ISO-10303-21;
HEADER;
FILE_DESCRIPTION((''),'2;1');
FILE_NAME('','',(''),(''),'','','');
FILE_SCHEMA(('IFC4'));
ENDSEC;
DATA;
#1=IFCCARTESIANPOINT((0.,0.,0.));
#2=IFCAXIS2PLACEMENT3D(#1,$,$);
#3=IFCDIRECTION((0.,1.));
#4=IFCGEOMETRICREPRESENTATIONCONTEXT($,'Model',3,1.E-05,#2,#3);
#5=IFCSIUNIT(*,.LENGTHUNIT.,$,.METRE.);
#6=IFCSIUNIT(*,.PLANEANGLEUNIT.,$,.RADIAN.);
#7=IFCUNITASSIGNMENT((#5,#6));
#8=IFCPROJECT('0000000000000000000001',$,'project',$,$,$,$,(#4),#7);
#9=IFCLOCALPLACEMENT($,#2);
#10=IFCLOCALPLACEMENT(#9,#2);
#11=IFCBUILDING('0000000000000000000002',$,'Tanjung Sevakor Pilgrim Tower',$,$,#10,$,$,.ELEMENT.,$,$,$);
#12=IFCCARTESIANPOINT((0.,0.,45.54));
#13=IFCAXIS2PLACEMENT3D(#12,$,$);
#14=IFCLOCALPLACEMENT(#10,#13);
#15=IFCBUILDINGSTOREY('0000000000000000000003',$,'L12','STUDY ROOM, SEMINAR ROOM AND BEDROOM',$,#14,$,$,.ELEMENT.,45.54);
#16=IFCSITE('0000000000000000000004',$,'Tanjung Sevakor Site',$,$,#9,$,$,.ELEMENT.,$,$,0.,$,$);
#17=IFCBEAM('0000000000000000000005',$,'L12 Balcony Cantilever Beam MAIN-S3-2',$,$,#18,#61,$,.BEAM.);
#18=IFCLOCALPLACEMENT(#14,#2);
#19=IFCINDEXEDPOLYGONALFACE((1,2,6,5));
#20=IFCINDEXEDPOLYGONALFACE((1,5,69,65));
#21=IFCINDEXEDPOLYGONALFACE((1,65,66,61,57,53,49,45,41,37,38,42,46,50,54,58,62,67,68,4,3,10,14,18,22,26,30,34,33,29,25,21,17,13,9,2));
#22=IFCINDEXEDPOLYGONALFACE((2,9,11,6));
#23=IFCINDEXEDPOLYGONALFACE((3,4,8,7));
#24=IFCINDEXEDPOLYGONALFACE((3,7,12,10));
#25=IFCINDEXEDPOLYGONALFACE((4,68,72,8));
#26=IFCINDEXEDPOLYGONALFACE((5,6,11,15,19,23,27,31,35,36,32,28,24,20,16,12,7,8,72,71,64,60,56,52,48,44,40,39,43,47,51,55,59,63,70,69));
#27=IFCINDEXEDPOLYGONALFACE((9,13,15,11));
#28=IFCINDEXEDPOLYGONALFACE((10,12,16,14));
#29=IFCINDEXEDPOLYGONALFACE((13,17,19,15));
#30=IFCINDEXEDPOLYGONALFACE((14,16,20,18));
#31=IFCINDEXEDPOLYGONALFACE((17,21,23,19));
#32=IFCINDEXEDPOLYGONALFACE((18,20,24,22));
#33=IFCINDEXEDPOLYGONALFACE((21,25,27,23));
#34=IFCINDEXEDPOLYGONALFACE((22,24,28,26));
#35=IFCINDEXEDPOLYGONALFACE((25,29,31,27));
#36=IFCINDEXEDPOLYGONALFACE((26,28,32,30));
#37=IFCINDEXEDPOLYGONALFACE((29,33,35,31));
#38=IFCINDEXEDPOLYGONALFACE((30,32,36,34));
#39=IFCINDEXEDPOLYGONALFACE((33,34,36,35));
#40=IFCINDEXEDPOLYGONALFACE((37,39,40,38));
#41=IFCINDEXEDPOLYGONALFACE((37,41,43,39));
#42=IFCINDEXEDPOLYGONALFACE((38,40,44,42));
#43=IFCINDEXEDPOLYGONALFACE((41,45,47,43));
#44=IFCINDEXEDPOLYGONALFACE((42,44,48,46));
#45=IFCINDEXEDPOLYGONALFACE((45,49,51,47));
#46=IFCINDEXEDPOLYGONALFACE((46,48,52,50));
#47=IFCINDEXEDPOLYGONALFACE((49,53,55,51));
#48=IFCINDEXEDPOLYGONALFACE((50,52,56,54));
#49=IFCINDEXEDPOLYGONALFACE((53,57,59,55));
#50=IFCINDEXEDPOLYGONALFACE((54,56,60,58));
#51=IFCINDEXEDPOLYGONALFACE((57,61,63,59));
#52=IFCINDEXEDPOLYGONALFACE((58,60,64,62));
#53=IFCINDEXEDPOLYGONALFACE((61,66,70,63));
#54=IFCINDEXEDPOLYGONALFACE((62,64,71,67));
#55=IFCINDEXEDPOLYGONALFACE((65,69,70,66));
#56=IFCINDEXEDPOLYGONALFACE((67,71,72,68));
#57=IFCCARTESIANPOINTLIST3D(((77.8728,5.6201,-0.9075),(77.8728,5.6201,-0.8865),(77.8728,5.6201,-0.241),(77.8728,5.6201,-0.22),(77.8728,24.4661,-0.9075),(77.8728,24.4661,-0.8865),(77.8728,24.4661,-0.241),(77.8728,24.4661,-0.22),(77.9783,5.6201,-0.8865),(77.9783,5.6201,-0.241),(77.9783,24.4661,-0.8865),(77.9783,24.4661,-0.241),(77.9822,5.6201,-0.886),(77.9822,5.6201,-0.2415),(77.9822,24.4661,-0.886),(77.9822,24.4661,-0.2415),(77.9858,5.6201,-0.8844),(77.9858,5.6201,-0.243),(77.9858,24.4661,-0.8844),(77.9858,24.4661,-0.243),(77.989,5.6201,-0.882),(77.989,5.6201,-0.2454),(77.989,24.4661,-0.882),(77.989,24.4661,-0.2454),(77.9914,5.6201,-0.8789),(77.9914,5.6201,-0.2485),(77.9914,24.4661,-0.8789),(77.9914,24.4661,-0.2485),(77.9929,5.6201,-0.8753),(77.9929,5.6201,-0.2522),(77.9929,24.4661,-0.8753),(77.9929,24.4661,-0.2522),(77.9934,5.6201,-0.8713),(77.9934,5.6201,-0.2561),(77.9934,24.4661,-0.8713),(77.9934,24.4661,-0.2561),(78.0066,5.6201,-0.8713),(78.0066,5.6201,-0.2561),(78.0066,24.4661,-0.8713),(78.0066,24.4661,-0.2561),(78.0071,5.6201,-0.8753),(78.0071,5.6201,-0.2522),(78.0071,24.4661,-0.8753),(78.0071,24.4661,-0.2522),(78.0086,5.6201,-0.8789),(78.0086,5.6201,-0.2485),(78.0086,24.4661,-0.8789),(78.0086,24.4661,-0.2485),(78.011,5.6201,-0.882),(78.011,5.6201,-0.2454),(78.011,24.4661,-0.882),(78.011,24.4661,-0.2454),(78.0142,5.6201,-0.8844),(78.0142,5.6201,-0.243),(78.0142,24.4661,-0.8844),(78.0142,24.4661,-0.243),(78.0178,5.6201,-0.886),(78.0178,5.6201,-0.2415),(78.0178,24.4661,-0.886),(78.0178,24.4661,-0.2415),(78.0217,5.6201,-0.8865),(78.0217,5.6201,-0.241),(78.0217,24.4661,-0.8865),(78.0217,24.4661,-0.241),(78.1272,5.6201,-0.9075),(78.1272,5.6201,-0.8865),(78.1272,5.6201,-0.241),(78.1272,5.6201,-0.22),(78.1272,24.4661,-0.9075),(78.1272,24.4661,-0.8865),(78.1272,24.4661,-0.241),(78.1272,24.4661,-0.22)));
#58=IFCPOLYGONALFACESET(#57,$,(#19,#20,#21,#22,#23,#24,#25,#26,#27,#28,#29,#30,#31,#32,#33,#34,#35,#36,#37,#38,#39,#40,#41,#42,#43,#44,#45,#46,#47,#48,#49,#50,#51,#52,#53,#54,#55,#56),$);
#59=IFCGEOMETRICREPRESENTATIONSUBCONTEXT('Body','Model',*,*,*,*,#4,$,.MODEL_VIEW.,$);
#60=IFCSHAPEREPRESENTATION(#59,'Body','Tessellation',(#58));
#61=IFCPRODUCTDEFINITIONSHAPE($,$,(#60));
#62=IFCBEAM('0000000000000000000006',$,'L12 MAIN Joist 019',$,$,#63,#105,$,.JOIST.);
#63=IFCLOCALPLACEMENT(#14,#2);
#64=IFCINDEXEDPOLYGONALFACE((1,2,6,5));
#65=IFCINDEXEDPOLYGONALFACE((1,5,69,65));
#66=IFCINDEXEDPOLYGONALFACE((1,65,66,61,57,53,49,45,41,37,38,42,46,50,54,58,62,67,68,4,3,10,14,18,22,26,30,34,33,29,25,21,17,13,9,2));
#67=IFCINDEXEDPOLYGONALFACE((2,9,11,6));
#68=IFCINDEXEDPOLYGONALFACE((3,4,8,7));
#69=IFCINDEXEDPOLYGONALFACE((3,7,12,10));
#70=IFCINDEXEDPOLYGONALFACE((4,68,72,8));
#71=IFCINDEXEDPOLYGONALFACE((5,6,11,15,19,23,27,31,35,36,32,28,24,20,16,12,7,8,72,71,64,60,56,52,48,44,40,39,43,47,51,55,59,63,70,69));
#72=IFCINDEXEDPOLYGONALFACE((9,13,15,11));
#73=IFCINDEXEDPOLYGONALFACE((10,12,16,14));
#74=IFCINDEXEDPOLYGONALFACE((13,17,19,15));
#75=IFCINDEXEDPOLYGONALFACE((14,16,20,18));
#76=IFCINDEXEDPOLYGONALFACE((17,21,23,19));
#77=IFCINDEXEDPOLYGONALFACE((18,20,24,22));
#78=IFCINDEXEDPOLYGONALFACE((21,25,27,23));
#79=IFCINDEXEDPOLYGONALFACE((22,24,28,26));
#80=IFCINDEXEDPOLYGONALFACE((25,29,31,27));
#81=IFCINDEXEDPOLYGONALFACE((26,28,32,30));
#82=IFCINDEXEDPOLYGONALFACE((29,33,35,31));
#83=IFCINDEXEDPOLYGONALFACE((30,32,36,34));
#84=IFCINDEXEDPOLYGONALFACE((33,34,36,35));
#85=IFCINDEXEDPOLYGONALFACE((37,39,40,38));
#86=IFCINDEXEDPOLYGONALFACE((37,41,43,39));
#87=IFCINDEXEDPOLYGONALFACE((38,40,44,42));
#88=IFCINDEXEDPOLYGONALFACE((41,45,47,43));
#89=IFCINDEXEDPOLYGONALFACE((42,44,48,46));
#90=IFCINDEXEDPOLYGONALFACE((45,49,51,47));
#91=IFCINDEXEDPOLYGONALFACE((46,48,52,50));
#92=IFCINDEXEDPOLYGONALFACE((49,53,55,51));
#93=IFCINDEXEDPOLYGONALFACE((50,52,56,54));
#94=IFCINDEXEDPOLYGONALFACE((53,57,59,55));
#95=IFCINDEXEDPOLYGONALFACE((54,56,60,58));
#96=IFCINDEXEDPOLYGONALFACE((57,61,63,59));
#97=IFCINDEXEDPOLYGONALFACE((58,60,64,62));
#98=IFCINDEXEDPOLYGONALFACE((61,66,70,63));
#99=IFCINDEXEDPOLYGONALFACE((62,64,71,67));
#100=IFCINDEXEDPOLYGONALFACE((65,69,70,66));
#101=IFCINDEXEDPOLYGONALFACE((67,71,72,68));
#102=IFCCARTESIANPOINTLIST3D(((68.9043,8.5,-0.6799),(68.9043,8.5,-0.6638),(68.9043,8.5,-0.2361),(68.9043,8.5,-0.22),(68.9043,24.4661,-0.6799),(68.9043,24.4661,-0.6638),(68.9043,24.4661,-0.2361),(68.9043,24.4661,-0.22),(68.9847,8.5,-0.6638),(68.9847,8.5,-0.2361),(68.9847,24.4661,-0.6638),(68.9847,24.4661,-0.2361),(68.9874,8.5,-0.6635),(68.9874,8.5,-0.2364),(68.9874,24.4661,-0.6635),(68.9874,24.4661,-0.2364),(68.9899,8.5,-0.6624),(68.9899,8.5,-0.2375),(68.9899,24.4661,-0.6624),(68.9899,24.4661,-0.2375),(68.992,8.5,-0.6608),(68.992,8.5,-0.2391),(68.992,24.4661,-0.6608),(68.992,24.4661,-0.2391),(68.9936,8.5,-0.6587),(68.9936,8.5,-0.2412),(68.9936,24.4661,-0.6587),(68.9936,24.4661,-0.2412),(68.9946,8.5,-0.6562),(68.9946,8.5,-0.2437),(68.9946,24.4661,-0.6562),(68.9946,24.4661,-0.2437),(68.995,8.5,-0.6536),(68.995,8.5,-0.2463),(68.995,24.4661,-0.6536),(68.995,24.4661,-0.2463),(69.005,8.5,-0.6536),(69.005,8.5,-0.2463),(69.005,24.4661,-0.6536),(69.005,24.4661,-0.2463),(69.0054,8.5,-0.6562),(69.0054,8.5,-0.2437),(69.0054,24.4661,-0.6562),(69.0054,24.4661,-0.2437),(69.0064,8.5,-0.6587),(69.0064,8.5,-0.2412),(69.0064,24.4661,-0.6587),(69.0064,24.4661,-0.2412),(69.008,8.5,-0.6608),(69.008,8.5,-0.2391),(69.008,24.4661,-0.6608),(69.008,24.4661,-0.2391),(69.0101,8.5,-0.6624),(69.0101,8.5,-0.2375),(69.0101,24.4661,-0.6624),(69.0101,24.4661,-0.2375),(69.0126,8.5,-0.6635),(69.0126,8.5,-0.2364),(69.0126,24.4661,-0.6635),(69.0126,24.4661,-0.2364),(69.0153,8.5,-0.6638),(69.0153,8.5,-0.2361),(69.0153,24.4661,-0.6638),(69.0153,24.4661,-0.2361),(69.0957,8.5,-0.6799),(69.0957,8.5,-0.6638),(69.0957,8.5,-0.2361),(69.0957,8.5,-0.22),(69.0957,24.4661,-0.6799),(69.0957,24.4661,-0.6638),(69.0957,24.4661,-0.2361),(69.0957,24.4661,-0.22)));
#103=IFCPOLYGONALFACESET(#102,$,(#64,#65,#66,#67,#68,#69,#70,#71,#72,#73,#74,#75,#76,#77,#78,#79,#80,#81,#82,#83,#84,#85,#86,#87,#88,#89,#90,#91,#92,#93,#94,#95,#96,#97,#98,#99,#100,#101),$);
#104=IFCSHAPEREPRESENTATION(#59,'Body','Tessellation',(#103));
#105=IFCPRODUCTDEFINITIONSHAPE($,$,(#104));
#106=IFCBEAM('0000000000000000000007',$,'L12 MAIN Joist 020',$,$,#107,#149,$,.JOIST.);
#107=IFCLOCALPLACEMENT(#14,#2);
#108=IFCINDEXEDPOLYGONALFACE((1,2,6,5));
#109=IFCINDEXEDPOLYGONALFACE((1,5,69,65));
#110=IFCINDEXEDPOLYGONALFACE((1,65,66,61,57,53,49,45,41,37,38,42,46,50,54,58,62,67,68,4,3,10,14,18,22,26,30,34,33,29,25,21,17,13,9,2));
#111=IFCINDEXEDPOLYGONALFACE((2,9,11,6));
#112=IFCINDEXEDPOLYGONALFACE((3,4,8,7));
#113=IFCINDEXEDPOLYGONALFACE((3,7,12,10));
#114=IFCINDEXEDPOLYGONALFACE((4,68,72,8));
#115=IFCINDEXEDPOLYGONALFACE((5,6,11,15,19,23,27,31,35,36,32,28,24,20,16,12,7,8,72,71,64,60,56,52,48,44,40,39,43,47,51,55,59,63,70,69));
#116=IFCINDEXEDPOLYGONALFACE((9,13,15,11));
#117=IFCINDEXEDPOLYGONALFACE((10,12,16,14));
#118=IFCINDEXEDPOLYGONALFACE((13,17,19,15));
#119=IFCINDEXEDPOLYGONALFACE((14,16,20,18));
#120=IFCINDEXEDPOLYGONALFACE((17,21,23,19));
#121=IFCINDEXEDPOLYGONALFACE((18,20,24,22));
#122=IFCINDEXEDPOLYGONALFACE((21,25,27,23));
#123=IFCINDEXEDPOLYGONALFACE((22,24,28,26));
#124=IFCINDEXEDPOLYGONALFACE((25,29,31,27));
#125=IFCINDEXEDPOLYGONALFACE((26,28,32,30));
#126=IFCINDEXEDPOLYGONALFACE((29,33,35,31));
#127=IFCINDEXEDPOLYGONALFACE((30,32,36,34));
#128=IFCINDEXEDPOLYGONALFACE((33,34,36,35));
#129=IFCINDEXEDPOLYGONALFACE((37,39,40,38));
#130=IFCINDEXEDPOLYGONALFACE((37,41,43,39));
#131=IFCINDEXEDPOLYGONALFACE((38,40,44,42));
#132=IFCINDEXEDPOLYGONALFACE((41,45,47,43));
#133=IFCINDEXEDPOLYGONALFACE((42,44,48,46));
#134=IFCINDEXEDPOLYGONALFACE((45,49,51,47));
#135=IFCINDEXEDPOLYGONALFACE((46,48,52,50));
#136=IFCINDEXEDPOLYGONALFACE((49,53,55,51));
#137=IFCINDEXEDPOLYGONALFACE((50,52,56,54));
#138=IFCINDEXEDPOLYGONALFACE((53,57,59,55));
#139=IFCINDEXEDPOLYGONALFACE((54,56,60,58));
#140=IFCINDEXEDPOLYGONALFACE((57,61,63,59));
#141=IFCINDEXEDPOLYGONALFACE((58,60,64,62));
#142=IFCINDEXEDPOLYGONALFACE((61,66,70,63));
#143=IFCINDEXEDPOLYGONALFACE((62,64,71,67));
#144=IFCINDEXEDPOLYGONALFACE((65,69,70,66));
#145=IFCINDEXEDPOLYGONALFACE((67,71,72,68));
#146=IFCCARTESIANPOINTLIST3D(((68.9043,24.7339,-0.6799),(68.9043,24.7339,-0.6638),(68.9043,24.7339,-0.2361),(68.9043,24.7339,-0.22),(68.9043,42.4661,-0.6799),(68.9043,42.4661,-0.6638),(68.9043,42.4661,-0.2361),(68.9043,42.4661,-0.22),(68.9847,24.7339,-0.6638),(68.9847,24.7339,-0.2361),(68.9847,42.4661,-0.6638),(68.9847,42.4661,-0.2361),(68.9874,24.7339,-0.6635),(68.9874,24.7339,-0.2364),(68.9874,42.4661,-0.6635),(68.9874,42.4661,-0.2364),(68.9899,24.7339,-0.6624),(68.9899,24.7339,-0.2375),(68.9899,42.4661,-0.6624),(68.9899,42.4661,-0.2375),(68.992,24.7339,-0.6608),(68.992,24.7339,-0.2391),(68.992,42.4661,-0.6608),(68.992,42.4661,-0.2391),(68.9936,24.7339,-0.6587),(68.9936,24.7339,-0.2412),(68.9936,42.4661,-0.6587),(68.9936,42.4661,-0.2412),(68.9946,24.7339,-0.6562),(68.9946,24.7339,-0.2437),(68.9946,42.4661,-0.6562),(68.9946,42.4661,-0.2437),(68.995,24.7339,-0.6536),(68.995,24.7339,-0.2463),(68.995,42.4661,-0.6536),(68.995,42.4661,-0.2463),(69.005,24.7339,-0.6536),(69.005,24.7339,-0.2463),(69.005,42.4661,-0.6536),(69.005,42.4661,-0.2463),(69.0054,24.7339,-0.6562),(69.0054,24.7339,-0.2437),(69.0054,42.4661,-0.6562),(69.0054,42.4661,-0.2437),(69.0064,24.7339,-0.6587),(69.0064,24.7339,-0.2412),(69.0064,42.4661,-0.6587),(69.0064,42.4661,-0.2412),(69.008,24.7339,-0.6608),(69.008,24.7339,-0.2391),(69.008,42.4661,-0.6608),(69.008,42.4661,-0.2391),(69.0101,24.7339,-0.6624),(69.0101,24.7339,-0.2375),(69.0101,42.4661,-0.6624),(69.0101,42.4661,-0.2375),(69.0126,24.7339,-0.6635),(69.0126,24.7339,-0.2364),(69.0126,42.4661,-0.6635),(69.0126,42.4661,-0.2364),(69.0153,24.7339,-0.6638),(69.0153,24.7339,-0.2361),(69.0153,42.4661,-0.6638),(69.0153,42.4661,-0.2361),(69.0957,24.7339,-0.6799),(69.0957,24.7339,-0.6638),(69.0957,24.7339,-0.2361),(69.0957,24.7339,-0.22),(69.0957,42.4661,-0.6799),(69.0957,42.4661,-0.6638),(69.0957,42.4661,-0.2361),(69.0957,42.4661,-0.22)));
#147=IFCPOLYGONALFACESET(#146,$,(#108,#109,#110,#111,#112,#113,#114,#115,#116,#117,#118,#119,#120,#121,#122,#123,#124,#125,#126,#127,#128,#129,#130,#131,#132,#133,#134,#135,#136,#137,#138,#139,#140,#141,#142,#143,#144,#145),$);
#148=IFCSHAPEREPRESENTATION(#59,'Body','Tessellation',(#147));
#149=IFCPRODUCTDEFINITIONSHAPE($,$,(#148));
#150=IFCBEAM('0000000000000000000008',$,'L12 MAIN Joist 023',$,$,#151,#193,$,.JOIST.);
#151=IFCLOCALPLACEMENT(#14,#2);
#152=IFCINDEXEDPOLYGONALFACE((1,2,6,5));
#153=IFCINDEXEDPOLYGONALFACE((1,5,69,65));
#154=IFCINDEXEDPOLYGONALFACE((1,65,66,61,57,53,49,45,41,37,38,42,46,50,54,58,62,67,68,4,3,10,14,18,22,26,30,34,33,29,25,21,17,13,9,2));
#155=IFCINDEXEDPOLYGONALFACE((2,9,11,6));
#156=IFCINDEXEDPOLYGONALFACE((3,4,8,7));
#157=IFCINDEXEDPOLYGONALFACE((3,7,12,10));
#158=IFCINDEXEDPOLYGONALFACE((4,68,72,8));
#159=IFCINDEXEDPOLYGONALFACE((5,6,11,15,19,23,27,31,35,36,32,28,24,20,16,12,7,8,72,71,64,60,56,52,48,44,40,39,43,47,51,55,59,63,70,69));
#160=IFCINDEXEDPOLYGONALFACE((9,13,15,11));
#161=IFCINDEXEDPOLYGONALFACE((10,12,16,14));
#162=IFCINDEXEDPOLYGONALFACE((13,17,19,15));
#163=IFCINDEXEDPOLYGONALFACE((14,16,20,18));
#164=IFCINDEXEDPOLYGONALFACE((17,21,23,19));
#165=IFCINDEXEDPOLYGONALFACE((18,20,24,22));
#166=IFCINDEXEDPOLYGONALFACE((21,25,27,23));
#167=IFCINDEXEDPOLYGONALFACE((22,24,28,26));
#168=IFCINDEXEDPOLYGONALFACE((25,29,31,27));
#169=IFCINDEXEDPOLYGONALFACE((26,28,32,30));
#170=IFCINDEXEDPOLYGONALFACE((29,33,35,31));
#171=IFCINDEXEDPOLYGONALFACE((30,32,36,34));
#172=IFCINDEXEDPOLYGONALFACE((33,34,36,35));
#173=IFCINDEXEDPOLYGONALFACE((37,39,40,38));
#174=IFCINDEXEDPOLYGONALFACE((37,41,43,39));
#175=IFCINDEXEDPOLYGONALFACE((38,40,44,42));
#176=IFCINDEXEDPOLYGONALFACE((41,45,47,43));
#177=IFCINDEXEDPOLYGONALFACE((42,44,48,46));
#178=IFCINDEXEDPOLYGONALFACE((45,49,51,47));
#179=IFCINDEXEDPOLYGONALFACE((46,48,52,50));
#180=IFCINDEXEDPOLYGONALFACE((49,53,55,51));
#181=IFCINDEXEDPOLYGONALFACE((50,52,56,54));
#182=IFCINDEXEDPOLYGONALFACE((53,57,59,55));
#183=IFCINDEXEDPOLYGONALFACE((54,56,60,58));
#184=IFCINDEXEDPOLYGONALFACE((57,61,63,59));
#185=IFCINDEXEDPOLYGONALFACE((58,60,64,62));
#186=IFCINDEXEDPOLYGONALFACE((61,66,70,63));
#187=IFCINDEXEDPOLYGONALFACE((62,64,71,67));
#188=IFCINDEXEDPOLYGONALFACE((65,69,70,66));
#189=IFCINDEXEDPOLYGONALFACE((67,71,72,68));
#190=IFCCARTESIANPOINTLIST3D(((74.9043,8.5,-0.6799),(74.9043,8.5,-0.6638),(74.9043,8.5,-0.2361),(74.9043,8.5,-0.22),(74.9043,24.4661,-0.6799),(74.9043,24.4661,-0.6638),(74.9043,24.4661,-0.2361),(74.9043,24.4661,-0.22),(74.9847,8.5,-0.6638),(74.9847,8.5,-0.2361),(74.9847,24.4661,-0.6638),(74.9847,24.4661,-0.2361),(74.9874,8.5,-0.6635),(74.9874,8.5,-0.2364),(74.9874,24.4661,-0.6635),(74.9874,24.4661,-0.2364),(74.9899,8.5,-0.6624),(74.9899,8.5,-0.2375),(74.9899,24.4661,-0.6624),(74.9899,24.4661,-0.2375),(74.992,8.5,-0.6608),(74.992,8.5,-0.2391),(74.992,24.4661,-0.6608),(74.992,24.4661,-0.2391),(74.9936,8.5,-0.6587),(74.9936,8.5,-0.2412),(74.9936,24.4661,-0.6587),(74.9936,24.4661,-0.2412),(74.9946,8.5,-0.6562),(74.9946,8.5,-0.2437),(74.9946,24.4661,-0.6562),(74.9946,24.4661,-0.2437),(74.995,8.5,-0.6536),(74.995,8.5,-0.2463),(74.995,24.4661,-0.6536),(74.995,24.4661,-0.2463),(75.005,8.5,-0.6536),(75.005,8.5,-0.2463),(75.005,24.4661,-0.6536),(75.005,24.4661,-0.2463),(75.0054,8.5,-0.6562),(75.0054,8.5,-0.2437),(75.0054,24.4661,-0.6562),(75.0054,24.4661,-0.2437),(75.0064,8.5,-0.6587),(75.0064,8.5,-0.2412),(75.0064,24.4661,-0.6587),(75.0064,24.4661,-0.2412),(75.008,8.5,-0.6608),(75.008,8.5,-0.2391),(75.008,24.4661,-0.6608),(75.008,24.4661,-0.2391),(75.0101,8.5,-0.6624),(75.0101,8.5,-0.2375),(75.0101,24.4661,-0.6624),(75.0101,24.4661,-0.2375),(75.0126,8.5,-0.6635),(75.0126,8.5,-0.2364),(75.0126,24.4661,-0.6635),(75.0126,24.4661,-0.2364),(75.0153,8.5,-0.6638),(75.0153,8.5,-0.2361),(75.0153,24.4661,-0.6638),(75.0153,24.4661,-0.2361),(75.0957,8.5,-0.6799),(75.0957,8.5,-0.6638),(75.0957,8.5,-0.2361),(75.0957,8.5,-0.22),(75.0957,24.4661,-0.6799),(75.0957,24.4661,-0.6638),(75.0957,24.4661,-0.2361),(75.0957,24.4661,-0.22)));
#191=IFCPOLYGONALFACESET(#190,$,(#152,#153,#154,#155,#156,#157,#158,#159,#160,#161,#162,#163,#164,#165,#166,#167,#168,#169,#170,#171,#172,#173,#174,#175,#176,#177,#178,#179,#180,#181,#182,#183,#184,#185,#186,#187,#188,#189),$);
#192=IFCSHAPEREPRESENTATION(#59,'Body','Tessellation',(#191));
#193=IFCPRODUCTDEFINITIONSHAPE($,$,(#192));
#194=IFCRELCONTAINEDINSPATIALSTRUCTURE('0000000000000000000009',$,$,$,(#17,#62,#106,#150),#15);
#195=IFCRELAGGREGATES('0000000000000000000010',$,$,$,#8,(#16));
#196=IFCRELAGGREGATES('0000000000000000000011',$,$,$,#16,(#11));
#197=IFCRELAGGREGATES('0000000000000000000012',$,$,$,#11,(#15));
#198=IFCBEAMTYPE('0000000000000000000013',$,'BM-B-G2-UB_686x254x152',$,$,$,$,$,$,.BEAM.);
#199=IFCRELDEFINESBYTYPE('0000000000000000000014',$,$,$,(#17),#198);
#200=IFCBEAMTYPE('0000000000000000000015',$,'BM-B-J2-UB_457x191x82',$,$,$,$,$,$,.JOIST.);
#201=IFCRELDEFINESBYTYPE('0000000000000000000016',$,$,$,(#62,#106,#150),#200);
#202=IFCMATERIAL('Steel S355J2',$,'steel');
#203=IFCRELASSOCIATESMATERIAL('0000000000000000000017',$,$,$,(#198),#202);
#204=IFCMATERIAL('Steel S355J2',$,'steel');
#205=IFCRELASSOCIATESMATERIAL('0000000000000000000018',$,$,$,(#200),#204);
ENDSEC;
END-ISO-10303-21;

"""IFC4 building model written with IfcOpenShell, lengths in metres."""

from ifc_helpers import new_model, si_unit, direction, frame, origin, origin_2d, place, context, subcontext, project, spatial, i_section, extrude, material, material_profile, profile_set, type_object, element, save


model = new_model("IFC4")

# Units and contexts
model_context = context("Model", 3, precision=1e-05, world=origin(), true_north=direction((0.0, 1.0)))
body_context = subcontext(model_context, "Body", "Model", "MODEL_VIEW")
ifc_project = project(units=[si_unit("LENGTHUNIT", "METRE"), si_unit("PLANEANGLEUNIT", "RADIAN")], contexts=[model_context])

# Site, building, storey
site_placement = place(None, origin())
site = spatial("IfcSite", under=ifc_project, at=site_placement, Name="Tanjung Sevakor Site", CompositionType="ELEMENT", RefElevation=0.0)
building_placement = place(site_placement, origin())
building = spatial("IfcBuilding", under=site, at=building_placement, Name="Tanjung Sevakor Pilgrim Tower", CompositionType="ELEMENT")
storey_placement = place(building_placement, frame((0.0, 0.0, 45.54)))
storey = spatial("IfcBuildingStorey", under=building, at=storey_placement, Name="L12", Description="STUDY ROOM, SEMINAR ROOM AND BEDROOM", CompositionType="ELEMENT", Elevation=45.54)

# Beams
ifc_material_1 = material(Name="Steel S355J2", Category="steel")
ifc_material_profile_1 = material_profile(ifc_material_1, i_section(OverallWidth=0.2544, OverallDepth=0.6875, WebThickness=0.0132, FlangeThickness=0.021, FilletRadius=0.0151, at=origin_2d()))
ifc_profile_set_1 = profile_set([ifc_material_profile_1], Name="Steel S355J2")
beam_type_1 = type_object("IfcBeamType", Name="BM-B-G2-UB_686x254x152", PredefinedType="BEAM", material=ifc_profile_set_1)
beam_1_placement = place(storey_placement, frame((78.0, 24.4661, -0.5637), z_axis=(0.0, -1.0, 0.0), x_axis=(1.0, 0.0, 0.0)))
element("IfcBeam", 1, at=beam_1_placement, inside=storey, type_object=beam_type_1, Name="L12 Balcony Cantilever Beam MAIN-S3-2", PredefinedType="BEAM", context=body_context, shape_type="SweptSolid", body=[
    extrude(i_section(OverallWidth=0.2544, OverallDepth=0.6875, WebThickness=0.0132, FlangeThickness=0.021, FilletRadius=0.0151, at=origin_2d()), origin(), (0.0, 0.0, 1.0), 18.8459),
])
ifc_material_2 = material(Name="Steel S355J2", Category="steel")
ifc_material_profile_2 = material_profile(ifc_material_2, i_section(OverallWidth=0.1914, OverallDepth=0.46, WebThickness=0.01, FlangeThickness=0.0161, FilletRadius=0.0103, at=origin_2d()))
ifc_profile_set_2 = profile_set([ifc_material_profile_2], Name="Steel S355J2")
beam_type_2 = type_object("IfcBeamType", Name="BM-B-J2-UB_457x191x82", PredefinedType="JOIST", material=ifc_profile_set_2)
beam_2_placement = place(storey_placement, frame((69.0, 8.5, -0.45), z_axis=(0.0, 1.0, 0.0), x_axis=(-1.0, 0.0, 0.0)))
element("IfcBeam", 2, at=beam_2_placement, inside=storey, type_object=beam_type_2, Name="L12 MAIN Joist 019", PredefinedType="JOIST", context=body_context, shape_type="SweptSolid", body=[
    extrude(i_section(OverallWidth=0.1914, OverallDepth=0.46, WebThickness=0.01, FlangeThickness=0.0161, FilletRadius=0.0103, at=origin_2d()), origin(), (0.0, 0.0, 1.0), 15.9661),
])
beam_3_placement = place(storey_placement, frame((69.0, 24.7339, -0.45), z_axis=(0.0, 1.0, 0.0), x_axis=(-1.0, 0.0, 0.0)))
element("IfcBeam", 3, at=beam_3_placement, inside=storey, type_object=beam_type_2, Name="L12 MAIN Joist 020", PredefinedType="JOIST", context=body_context, shape_type="SweptSolid", body=[
    extrude(i_section(OverallWidth=0.1914, OverallDepth=0.46, WebThickness=0.01, FlangeThickness=0.0161, FilletRadius=0.0103, at=origin_2d()), origin(), (0.0, 0.0, 1.0), 17.7322),
])
beam_4_placement = place(storey_placement, frame((75.0, 8.5, -0.45), z_axis=(0.0, 1.0, 0.0), x_axis=(-1.0, 0.0, 0.0)))
element("IfcBeam", 4, at=beam_4_placement, inside=storey, type_object=beam_type_2, Name="L12 MAIN Joist 023", PredefinedType="JOIST", context=body_context, shape_type="SweptSolid", body=[
    extrude(i_section(OverallWidth=0.1914, OverallDepth=0.46, WebThickness=0.01, FlangeThickness=0.0161, FilletRadius=0.0103, at=origin_2d()), origin(), (0.0, 0.0, 1.0), 15.9661),
])

save(model, "model.ifc")
